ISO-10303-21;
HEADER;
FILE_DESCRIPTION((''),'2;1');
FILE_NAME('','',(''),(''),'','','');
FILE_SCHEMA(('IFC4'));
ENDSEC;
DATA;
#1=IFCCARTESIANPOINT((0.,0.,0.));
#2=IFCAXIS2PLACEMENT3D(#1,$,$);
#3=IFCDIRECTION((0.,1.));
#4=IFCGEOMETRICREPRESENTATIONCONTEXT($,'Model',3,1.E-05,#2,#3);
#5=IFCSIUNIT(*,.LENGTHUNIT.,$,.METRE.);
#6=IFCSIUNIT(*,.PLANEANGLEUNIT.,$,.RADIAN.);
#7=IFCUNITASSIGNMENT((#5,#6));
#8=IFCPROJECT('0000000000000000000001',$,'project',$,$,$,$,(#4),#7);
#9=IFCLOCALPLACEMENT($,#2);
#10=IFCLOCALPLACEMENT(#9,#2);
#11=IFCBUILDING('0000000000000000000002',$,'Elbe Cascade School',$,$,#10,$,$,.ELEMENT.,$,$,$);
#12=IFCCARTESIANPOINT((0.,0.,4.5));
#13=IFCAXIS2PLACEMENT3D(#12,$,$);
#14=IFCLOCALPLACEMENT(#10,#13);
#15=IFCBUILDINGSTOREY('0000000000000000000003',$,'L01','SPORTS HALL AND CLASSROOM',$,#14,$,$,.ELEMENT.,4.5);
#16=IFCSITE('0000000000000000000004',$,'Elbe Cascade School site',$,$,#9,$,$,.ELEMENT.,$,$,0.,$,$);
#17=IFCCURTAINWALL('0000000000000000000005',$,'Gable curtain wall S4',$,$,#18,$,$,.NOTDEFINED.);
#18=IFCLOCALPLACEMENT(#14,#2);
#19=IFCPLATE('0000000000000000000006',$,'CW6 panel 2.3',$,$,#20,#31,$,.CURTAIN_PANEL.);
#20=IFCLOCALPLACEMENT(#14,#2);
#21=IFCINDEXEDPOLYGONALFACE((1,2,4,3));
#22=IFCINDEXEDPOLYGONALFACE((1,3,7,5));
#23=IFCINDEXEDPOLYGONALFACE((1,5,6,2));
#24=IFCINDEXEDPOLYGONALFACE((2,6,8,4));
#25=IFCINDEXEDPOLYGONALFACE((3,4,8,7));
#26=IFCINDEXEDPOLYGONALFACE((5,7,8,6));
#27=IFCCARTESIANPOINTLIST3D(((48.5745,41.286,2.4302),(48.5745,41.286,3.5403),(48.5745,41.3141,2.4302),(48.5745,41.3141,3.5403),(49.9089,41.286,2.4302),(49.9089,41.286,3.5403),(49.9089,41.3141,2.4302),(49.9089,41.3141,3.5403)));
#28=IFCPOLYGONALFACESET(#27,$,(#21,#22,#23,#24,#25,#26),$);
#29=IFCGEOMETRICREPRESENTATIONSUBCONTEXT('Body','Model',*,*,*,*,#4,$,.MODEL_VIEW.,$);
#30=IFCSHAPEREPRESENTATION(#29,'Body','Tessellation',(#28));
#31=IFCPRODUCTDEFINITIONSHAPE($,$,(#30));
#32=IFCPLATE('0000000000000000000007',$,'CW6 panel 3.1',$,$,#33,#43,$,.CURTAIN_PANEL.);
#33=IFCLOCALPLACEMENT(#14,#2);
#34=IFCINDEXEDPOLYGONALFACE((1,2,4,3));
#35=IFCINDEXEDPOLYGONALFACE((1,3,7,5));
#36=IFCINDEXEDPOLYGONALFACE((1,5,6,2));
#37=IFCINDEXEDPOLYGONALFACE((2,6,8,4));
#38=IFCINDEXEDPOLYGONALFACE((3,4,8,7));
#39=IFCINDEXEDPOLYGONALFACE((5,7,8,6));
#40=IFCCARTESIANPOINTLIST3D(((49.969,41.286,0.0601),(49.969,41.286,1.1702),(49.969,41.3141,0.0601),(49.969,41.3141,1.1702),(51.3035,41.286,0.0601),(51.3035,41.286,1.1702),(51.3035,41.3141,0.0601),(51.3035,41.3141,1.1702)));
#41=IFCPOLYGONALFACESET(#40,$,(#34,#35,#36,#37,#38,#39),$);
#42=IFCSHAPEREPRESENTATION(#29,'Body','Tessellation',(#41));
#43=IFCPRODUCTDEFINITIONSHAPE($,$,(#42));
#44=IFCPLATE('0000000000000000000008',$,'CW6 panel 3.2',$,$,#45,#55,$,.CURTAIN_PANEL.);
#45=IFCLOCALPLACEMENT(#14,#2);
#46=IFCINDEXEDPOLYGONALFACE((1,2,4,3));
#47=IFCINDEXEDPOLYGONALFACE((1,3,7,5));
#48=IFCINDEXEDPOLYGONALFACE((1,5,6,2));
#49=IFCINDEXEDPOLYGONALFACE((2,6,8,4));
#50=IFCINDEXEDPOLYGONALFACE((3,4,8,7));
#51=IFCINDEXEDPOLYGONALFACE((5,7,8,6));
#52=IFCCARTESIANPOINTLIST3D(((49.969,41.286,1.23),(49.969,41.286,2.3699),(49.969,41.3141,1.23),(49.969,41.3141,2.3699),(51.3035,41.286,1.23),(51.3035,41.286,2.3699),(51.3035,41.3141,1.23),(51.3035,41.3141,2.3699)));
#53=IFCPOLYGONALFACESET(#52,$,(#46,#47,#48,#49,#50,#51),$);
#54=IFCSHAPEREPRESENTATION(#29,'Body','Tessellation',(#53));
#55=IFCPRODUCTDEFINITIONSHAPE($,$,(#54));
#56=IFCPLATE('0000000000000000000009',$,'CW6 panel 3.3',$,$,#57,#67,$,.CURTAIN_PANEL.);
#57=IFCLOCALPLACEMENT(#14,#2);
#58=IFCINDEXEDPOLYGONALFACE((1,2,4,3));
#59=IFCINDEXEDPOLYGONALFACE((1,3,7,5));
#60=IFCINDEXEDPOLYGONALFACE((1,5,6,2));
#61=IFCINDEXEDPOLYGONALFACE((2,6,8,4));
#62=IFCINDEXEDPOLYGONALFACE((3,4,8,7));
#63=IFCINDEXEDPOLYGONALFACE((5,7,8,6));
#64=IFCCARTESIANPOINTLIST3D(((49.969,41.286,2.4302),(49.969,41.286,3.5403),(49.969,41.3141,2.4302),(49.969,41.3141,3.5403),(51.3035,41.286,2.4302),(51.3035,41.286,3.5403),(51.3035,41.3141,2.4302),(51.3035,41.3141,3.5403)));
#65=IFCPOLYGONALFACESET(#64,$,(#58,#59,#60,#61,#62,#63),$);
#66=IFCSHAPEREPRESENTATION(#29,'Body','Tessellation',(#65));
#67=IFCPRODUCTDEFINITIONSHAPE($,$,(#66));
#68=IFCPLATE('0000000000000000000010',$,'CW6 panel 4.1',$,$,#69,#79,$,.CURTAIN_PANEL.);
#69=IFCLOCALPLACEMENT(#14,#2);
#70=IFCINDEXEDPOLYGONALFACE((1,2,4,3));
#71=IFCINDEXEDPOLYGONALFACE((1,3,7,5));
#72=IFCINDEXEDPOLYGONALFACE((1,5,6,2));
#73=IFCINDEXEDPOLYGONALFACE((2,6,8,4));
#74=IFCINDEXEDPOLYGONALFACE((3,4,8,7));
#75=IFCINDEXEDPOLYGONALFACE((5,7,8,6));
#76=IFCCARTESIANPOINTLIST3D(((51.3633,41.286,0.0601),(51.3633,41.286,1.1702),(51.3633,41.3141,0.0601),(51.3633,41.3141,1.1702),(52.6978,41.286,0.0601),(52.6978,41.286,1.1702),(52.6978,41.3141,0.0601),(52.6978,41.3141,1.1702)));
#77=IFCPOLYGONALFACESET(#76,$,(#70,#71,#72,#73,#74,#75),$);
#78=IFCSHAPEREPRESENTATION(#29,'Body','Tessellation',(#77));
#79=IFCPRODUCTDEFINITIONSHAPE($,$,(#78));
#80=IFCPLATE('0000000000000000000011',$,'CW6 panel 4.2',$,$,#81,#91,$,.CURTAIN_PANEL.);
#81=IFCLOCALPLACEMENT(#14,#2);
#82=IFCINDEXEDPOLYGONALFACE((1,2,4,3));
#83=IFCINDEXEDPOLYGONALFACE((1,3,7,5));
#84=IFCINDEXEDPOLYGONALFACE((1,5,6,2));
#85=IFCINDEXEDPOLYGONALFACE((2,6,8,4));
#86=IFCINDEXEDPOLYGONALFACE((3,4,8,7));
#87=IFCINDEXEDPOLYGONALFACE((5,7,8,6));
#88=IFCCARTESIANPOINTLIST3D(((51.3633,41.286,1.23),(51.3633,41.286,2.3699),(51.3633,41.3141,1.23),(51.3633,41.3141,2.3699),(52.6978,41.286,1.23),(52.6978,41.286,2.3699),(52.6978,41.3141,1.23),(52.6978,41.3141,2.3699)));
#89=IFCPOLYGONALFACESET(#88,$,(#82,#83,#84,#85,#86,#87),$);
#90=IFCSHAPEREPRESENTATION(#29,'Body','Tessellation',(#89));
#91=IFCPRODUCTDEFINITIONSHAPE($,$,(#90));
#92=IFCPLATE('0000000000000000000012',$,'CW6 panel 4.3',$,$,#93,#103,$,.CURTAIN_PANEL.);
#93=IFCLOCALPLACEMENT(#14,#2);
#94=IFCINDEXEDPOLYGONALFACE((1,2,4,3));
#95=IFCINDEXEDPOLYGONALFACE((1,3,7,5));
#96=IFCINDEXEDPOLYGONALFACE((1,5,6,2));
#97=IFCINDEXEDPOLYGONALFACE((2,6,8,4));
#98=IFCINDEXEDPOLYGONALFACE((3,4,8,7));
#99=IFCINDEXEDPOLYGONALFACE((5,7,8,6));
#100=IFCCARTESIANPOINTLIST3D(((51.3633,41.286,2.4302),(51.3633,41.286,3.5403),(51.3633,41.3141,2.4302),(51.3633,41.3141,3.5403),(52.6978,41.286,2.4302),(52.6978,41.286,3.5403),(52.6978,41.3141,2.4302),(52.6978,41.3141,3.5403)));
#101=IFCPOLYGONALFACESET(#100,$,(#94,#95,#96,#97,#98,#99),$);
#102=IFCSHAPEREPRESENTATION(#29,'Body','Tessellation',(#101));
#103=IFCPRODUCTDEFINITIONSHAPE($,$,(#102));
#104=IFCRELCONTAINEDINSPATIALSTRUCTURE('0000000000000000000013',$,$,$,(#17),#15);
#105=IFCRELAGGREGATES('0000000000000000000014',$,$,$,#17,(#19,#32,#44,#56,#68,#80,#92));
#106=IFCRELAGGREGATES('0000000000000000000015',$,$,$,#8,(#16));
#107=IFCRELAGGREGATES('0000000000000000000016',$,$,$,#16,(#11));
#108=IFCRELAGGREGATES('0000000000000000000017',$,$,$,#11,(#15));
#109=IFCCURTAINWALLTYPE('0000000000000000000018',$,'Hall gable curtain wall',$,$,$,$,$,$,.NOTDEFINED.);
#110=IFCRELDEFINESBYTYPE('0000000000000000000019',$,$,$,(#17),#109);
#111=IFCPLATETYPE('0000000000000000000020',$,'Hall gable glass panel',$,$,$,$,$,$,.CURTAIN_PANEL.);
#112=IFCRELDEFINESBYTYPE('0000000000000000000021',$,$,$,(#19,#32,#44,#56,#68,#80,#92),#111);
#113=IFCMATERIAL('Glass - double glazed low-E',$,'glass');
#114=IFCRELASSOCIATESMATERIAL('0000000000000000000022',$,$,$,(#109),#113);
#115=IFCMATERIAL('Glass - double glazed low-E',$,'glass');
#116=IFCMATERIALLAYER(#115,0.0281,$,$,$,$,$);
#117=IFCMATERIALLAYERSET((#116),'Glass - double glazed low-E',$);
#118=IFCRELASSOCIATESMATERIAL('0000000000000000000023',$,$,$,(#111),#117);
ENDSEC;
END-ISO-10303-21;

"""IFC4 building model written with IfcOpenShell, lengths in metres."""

from ifc_helpers import new_model, si_unit, direction, frame, origin, origin_2d, place, context, subcontext, project, spatial, rectangle, extrude, material, layer, layer_set, type_object, element, aggregate, save


model = new_model("IFC4")

# Units and contexts
model_context = context("Model", 3, precision=1e-05, world=origin(), true_north=direction((0.0, 1.0)))
body_context = subcontext(model_context, "Body", "Model", "MODEL_VIEW")
ifc_project = project(units=[si_unit("LENGTHUNIT", "METRE"), si_unit("PLANEANGLEUNIT", "RADIAN")], contexts=[model_context])

# Site, building, storey
site_placement = place(None, origin())
site = spatial("IfcSite", under=ifc_project, at=site_placement, Name="Elbe Cascade School site", CompositionType="ELEMENT", RefElevation=0.0)
building_placement = place(site_placement, origin())
building = spatial("IfcBuilding", under=site, at=building_placement, Name="Elbe Cascade School", CompositionType="ELEMENT")
storey_placement = place(building_placement, frame((0.0, 0.0, 4.5)))
storey = spatial("IfcBuildingStorey", under=building, at=storey_placement, Name="L01", Description="SPORTS HALL AND CLASSROOM", CompositionType="ELEMENT", Elevation=4.5)

# Curtain wall, plates
ifc_material_1 = material(Name="Glass - double glazed low-E", Category="glass")
curtain_wall_type = type_object("IfcCurtainWallType", Name="Hall gable curtain wall", PredefinedType="NOTDEFINED", material=ifc_material_1)
curtain_wall_placement = place(storey_placement, origin())
curtain_wall = element("IfcCurtainWall", 1, at=curtain_wall_placement, inside=storey, type_object=curtain_wall_type, Name="Gable curtain wall S4", PredefinedType="NOTDEFINED")
ifc_material_2 = material(Name="Glass - double glazed low-E", Category="glass")
ifc_layer = layer(ifc_material_2, 0.0281)
ifc_layer_set = layer_set([ifc_layer], Name="Glass - double glazed low-E")
plate_type = type_object("IfcPlateType", Name="Hall gable glass panel", PredefinedType="CURTAIN_PANEL", material=ifc_layer_set)
plate_1_placement = place(storey_placement, frame((49.2417, 41.3, 2.4302), z_axis=(0.0, 0.0, 1.0), x_axis=(1.0, 0.0, 0.0)))
plate_1 = element("IfcPlate", 2, at=plate_1_placement, type_object=plate_type, Name="CW6 panel 2.3", PredefinedType="CURTAIN_PANEL", context=body_context, shape_type="SweptSolid", body=[
    extrude(rectangle(XDim=1.3345, YDim=0.0281, at=origin_2d()), origin(), (0.0, 0.0, 1.0), 1.1101),
])
plate_2_placement = place(storey_placement, frame((50.6362, 41.3, 0.0601), z_axis=(0.0, 0.0, 1.0), x_axis=(1.0, 0.0, 0.0)))
plate_2 = element("IfcPlate", 3, at=plate_2_placement, type_object=plate_type, Name="CW6 panel 3.1", PredefinedType="CURTAIN_PANEL", context=body_context, shape_type="SweptSolid", body=[
    extrude(rectangle(XDim=1.3345, YDim=0.0281, at=origin_2d()), origin(), (0.0, 0.0, 1.0), 1.1101),
])
plate_3_placement = place(storey_placement, frame((50.6362, 41.3, 1.23), z_axis=(0.0, 0.0, 1.0), x_axis=(1.0, 0.0, 0.0)))
plate_3 = element("IfcPlate", 4, at=plate_3_placement, type_object=plate_type, Name="CW6 panel 3.2", PredefinedType="CURTAIN_PANEL", context=body_context, shape_type="SweptSolid", body=[
    extrude(rectangle(XDim=1.3345, YDim=0.0281, at=origin_2d()), origin(), (0.0, 0.0, 1.0), 1.1399),
])
plate_4_placement = place(storey_placement, frame((50.6362, 41.3, 2.4302), z_axis=(0.0, 0.0, 1.0), x_axis=(1.0, 0.0, 0.0)))
plate_4 = element("IfcPlate", 5, at=plate_4_placement, type_object=plate_type, Name="CW6 panel 3.3", PredefinedType="CURTAIN_PANEL", context=body_context, shape_type="SweptSolid", body=[
    extrude(rectangle(XDim=1.3345, YDim=0.0281, at=origin_2d()), origin(), (0.0, 0.0, 1.0), 1.1101),
])
plate_5_placement = place(storey_placement, frame((52.0305, 41.3, 0.0601), z_axis=(0.0, 0.0, 1.0), x_axis=(1.0, 0.0, 0.0)))
plate_5 = element("IfcPlate", 6, at=plate_5_placement, type_object=plate_type, Name="CW6 panel 4.1", PredefinedType="CURTAIN_PANEL", context=body_context, shape_type="SweptSolid", body=[
    extrude(rectangle(XDim=1.3345, YDim=0.0281, at=origin_2d()), origin(), (0.0, 0.0, 1.0), 1.1101),
])
plate_6_placement = place(storey_placement, frame((52.0305, 41.3, 1.23), z_axis=(0.0, 0.0, 1.0), x_axis=(1.0, 0.0, 0.0)))
plate_6 = element("IfcPlate", 7, at=plate_6_placement, type_object=plate_type, Name="CW6 panel 4.2", PredefinedType="CURTAIN_PANEL", context=body_context, shape_type="SweptSolid", body=[
    extrude(rectangle(XDim=1.3345, YDim=0.0281, at=origin_2d()), origin(), (0.0, 0.0, 1.0), 1.1399),
])
plate_7_placement = place(storey_placement, frame((52.0305, 41.3, 2.4302), z_axis=(0.0, 0.0, 1.0), x_axis=(1.0, 0.0, 0.0)))
plate_7 = element("IfcPlate", 8, at=plate_7_placement, type_object=plate_type, Name="CW6 panel 4.3", PredefinedType="CURTAIN_PANEL", context=body_context, shape_type="SweptSolid", body=[
    extrude(rectangle(XDim=1.3345, YDim=0.0281, at=origin_2d()), origin(), (0.0, 0.0, 1.0), 1.1101),
])
aggregate(curtain_wall, [plate_1, plate_2, plate_3, plate_4, plate_5, plate_6, plate_7])

save(model, "model.ifc")
